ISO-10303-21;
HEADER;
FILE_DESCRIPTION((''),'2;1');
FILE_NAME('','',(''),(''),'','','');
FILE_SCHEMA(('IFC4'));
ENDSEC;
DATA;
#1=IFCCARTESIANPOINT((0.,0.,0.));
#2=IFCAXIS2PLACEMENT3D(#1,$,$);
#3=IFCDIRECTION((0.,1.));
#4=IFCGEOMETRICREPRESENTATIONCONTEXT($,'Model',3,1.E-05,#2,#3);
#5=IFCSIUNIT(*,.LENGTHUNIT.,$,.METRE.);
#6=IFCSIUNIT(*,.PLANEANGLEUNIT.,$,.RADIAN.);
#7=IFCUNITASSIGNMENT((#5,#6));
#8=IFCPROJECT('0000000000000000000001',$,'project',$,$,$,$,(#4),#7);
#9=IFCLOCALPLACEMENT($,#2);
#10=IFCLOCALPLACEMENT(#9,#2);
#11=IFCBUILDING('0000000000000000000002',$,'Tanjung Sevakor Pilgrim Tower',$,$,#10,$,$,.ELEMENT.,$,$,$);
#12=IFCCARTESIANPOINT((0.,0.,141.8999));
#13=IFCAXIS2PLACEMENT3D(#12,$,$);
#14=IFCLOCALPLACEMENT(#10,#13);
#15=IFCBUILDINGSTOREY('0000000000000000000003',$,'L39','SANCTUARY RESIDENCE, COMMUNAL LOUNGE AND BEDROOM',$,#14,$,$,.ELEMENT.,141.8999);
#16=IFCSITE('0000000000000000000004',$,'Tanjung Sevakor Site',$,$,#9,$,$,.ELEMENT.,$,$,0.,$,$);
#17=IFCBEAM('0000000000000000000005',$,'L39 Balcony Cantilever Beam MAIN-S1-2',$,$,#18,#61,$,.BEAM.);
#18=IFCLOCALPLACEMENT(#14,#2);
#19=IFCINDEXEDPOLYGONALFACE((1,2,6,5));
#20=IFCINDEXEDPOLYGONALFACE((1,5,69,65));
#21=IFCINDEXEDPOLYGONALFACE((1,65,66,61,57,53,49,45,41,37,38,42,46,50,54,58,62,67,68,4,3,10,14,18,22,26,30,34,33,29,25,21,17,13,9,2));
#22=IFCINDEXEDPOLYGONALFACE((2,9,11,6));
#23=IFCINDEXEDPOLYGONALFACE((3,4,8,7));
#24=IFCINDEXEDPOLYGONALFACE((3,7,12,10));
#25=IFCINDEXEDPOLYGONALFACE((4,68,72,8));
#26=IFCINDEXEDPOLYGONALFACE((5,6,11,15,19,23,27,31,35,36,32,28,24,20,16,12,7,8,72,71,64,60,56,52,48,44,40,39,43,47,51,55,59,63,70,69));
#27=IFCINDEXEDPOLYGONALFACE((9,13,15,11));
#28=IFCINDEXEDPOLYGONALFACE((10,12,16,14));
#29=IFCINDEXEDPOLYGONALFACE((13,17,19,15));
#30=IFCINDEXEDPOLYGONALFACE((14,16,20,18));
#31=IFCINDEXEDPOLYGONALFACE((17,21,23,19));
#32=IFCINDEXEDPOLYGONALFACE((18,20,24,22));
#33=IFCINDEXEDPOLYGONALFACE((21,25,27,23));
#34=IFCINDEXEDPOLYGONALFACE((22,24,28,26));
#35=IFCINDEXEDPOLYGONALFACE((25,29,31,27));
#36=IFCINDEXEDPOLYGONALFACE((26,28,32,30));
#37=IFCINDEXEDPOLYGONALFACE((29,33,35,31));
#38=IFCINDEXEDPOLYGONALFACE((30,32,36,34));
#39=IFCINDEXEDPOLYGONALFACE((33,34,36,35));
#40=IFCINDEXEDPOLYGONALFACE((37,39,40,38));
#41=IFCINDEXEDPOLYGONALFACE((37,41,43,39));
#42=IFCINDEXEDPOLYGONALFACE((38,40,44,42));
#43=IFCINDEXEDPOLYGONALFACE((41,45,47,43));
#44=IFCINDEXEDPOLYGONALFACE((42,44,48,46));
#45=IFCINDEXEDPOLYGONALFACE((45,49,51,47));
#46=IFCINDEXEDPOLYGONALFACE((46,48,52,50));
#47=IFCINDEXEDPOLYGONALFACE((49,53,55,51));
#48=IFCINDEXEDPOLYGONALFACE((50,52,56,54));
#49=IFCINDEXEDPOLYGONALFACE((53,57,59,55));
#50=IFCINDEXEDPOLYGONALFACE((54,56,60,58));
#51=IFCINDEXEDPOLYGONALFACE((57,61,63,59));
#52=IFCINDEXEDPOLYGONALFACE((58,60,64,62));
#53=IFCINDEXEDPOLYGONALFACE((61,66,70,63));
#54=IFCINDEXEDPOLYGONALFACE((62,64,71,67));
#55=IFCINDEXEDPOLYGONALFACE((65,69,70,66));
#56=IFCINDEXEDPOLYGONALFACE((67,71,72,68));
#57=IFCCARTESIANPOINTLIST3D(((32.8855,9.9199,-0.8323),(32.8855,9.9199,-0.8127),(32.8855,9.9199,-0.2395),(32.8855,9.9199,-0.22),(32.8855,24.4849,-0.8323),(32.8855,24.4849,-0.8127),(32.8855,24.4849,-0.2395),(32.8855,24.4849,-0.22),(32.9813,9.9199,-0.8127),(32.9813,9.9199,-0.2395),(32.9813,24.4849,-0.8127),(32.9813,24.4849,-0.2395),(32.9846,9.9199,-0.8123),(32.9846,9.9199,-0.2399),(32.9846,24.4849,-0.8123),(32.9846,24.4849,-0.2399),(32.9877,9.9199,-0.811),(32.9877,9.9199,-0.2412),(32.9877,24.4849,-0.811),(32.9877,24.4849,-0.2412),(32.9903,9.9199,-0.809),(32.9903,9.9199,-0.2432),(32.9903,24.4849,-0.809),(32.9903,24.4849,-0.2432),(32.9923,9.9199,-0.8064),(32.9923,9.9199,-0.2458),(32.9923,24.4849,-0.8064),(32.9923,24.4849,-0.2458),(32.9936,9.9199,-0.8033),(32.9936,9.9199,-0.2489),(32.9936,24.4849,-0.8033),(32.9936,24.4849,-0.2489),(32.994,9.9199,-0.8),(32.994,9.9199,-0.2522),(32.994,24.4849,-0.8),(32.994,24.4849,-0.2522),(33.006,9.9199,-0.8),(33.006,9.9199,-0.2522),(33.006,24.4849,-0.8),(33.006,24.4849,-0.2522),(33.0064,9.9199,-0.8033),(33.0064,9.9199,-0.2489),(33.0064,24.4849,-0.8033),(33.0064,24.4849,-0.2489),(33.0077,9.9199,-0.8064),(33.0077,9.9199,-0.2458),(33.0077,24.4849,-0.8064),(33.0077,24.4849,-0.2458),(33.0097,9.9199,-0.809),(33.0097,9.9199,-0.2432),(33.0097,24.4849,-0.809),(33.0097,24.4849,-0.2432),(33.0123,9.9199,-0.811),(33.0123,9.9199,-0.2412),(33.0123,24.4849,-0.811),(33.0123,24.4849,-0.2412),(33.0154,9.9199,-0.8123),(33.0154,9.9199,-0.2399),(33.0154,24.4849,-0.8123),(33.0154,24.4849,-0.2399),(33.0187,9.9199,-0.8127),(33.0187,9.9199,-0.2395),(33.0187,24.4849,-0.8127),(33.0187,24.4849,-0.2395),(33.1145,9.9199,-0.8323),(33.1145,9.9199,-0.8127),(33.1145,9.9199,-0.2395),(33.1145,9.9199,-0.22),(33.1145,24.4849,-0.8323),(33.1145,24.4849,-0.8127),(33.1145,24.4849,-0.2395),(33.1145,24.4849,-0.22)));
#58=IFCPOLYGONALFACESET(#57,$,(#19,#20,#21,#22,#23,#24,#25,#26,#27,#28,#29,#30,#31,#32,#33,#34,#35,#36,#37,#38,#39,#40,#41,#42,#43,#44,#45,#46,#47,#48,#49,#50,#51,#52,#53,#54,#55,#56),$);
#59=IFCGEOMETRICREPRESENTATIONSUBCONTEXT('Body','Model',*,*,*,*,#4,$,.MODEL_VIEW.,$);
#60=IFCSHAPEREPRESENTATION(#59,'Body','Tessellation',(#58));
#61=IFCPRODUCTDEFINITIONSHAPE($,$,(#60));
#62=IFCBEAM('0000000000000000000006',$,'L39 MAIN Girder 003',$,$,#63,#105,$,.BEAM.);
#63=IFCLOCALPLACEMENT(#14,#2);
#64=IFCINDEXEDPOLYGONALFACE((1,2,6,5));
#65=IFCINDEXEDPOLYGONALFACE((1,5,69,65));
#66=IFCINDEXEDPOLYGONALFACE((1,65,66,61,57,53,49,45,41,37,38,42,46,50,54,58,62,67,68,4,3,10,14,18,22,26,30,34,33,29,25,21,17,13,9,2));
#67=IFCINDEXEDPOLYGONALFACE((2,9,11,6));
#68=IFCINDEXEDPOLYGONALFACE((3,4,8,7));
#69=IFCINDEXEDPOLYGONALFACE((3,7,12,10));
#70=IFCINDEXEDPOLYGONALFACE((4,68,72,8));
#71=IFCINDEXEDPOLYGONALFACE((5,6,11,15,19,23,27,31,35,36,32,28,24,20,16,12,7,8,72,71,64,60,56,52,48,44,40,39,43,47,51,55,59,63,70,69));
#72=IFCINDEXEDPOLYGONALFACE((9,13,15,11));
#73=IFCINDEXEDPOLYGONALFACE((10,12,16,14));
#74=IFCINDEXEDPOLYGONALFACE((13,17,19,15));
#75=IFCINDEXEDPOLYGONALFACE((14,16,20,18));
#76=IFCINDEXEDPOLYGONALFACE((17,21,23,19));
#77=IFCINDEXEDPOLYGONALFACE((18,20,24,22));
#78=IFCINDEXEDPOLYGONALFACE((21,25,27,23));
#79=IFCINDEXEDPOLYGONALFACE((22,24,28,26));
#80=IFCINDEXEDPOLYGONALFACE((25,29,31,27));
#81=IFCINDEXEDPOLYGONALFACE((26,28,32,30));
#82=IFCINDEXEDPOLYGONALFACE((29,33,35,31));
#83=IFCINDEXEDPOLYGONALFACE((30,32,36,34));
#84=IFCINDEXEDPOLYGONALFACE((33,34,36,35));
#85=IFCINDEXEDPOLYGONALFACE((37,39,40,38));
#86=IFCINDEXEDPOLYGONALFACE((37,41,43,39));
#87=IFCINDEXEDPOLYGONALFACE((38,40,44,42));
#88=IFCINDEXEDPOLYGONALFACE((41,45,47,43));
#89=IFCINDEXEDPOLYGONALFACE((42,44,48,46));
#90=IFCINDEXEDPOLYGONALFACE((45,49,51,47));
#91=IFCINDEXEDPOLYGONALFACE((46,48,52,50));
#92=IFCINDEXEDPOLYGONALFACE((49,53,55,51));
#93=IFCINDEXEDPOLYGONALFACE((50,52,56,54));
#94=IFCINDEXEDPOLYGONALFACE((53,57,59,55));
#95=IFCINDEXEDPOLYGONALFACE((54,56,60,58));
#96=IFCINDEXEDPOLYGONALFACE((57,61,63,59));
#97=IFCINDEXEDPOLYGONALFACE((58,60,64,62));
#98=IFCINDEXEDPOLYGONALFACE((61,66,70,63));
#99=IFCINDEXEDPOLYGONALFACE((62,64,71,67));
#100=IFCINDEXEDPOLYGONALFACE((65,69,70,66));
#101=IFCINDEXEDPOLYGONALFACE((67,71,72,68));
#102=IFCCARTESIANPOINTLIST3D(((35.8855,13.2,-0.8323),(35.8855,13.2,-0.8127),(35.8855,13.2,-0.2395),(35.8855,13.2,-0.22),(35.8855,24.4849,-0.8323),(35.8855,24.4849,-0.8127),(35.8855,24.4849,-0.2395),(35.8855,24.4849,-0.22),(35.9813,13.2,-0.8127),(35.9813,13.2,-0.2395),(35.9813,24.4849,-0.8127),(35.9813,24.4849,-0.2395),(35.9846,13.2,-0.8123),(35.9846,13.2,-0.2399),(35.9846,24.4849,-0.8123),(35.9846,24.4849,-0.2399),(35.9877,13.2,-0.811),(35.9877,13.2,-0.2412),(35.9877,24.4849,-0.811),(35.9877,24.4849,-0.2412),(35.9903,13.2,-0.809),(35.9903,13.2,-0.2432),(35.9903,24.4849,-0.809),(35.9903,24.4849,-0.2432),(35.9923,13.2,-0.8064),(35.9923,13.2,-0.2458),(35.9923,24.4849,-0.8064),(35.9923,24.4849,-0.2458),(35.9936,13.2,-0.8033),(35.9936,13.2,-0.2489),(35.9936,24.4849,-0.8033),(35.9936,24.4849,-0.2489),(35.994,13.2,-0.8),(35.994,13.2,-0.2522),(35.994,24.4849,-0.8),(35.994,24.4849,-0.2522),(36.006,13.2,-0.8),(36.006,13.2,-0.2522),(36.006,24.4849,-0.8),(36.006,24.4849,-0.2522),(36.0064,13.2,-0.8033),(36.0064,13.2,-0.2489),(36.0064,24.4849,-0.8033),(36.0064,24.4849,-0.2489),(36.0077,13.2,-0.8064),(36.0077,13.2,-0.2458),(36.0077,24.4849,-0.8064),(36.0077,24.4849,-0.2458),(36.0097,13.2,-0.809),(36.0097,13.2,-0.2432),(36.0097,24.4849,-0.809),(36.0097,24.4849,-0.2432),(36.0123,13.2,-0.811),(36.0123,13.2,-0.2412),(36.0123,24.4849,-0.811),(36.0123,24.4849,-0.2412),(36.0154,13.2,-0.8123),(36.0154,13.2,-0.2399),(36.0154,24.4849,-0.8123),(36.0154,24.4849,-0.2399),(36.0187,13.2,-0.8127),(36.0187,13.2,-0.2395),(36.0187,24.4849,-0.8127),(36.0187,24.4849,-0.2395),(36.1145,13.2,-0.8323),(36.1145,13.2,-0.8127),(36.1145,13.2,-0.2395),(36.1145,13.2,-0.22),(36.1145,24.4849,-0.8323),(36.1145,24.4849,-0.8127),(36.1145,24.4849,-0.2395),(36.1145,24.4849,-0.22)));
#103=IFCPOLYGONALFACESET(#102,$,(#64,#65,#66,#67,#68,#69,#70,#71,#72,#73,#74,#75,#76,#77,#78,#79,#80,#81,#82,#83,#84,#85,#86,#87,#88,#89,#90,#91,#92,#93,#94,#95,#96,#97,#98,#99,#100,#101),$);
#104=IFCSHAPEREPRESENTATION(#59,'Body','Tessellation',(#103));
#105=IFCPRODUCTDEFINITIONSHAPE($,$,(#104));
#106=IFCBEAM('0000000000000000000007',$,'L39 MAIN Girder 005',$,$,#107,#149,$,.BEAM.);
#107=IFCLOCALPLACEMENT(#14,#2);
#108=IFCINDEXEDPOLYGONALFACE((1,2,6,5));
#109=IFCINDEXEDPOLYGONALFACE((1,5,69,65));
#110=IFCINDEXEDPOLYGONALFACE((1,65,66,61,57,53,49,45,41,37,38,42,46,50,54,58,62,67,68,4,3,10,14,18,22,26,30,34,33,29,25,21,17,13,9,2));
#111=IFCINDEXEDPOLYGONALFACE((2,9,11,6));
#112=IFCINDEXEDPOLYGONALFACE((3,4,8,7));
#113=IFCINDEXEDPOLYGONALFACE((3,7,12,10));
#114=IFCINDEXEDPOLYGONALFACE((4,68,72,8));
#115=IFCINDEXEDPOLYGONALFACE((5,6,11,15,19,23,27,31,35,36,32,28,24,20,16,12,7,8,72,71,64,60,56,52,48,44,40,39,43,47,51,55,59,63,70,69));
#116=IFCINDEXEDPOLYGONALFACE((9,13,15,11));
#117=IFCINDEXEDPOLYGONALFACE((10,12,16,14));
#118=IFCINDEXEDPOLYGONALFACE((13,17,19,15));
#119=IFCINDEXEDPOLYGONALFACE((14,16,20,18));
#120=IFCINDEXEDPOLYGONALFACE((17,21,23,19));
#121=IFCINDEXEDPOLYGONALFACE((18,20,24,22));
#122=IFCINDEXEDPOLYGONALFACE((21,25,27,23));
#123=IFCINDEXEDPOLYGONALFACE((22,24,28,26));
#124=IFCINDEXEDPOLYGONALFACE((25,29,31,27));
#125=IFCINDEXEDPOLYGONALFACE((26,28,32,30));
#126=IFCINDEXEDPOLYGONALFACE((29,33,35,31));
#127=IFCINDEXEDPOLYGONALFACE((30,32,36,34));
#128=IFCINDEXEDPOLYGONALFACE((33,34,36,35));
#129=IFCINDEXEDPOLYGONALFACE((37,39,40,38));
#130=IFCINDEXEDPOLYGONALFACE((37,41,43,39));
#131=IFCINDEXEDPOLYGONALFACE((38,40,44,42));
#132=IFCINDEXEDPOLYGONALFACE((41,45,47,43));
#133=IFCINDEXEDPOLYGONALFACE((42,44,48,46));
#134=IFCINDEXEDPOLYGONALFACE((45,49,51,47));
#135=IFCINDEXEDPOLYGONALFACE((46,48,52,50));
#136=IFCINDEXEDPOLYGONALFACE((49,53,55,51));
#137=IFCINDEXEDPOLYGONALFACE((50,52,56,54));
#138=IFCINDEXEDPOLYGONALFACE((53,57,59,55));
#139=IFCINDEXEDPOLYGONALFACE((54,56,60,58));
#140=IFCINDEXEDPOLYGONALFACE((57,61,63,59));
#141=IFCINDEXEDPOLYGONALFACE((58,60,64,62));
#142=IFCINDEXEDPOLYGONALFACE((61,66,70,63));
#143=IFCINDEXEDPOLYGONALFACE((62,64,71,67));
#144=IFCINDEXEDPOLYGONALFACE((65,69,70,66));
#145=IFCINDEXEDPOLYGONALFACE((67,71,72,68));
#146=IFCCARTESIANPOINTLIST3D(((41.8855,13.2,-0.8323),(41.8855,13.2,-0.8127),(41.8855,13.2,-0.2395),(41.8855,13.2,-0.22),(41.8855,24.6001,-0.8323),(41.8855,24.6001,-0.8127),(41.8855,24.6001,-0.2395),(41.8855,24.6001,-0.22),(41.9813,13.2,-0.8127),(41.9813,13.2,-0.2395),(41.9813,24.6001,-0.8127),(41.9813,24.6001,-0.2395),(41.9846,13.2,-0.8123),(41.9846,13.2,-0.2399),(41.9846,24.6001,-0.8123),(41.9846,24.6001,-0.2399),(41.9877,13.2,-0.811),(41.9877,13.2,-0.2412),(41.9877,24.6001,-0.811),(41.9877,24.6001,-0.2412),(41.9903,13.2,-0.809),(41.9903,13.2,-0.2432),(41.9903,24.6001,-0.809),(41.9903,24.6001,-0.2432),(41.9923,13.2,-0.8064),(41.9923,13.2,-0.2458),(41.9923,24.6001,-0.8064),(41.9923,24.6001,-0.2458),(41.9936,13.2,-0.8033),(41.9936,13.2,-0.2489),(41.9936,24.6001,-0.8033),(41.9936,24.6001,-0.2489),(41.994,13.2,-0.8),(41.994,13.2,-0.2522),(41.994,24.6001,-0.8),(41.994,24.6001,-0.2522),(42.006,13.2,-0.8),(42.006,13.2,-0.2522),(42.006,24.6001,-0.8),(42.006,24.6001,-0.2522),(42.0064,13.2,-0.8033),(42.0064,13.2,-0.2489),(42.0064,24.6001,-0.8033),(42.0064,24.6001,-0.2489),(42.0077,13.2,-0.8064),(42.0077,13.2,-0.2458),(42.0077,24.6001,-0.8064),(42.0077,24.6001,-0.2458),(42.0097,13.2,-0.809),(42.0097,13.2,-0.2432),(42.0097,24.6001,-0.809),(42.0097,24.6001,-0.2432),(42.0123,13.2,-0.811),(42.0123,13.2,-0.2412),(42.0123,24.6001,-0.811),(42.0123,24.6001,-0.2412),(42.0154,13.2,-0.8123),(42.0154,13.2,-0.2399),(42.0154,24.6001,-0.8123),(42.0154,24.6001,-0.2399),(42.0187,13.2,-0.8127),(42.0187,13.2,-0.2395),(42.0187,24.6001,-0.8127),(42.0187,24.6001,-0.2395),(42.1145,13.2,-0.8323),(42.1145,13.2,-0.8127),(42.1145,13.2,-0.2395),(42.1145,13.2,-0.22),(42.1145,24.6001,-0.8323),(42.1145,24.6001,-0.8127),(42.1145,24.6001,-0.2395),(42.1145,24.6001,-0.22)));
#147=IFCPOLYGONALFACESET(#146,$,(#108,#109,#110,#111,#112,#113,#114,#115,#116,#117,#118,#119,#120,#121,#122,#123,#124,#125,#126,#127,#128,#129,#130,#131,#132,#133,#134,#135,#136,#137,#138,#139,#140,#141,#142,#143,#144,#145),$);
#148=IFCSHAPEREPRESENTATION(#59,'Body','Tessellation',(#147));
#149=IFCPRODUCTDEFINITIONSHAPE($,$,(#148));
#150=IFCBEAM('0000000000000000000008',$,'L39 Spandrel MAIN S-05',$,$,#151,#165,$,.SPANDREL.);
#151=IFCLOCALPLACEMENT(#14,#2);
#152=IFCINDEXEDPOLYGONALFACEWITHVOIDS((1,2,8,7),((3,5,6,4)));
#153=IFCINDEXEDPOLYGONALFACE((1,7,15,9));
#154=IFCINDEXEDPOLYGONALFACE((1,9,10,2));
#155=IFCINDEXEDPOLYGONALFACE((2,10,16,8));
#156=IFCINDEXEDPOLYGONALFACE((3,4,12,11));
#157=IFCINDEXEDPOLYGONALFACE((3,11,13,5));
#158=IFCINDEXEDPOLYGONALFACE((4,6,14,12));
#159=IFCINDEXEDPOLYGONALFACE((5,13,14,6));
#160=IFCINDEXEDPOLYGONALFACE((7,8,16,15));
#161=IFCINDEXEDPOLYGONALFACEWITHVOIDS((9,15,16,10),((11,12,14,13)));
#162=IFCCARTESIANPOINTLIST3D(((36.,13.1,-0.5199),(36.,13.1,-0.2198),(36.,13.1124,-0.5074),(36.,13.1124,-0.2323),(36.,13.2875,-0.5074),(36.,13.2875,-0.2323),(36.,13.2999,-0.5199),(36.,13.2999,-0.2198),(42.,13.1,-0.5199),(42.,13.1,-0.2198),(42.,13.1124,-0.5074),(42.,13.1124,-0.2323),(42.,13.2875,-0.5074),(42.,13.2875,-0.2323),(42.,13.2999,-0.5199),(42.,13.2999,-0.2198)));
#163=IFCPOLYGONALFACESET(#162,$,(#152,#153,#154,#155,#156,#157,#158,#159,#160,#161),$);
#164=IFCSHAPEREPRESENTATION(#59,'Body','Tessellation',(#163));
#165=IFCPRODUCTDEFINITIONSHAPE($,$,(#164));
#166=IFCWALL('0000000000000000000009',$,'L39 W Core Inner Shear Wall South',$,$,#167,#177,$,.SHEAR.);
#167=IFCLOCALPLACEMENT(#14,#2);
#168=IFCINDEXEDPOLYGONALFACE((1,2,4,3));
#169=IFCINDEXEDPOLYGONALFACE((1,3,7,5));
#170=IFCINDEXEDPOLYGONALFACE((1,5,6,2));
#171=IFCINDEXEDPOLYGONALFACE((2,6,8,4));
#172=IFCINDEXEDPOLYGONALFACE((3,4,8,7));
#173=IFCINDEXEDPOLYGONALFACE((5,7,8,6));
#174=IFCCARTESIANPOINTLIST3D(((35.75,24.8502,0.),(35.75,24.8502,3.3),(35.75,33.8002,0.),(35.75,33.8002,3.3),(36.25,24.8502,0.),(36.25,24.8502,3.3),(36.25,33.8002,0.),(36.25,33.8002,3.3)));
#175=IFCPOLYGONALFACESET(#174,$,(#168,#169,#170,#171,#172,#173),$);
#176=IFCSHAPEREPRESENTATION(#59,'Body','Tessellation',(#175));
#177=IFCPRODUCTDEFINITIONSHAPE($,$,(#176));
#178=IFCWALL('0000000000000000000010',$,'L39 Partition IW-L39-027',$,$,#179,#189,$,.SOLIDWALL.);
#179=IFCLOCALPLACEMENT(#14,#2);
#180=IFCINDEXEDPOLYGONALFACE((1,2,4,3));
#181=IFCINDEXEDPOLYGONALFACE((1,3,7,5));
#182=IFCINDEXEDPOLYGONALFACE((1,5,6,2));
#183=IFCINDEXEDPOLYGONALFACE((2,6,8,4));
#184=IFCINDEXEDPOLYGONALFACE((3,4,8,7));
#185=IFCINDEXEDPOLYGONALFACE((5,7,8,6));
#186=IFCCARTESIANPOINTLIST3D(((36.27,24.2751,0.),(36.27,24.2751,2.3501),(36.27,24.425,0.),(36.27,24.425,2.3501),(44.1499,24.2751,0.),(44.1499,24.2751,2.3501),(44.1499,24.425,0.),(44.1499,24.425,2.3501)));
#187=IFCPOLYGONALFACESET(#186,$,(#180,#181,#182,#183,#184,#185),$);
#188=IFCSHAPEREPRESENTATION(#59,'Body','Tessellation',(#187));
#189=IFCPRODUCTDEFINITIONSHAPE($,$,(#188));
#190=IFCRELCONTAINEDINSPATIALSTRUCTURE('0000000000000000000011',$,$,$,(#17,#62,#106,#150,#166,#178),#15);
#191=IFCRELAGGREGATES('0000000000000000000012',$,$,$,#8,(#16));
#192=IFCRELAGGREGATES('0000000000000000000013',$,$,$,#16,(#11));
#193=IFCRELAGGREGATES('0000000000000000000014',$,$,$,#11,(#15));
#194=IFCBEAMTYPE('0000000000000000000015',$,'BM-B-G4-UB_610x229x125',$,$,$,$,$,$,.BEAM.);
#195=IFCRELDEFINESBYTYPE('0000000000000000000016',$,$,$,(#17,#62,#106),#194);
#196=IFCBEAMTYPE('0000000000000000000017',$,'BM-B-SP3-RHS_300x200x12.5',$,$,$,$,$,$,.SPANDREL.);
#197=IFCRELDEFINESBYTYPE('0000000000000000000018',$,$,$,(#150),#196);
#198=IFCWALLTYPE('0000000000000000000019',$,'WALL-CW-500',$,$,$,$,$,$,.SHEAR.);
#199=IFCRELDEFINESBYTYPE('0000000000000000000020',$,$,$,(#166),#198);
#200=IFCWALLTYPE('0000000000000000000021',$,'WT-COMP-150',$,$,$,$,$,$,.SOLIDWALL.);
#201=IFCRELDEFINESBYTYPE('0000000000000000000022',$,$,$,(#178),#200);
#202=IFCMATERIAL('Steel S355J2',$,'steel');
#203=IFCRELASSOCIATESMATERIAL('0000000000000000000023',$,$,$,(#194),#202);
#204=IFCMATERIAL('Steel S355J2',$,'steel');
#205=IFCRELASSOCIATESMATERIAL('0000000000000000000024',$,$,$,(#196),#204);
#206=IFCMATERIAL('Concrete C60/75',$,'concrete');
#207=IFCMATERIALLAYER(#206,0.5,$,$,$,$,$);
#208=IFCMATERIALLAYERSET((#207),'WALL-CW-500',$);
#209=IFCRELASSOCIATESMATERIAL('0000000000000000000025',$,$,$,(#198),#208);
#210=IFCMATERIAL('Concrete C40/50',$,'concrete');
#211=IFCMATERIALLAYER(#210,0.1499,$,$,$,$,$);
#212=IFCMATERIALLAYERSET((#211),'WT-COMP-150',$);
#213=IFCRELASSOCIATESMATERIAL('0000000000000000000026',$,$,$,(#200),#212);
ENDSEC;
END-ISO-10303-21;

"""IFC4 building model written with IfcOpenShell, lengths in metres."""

from ifc_helpers import new_model, si_unit, direction, frame, frame_2d, origin, origin_2d, place, context, subcontext, project, spatial, rectangle, hollow_rectangle, i_section, extrude, material, layer, layer_set, material_profile, profile_set, type_object, element, save


model = new_model("IFC4")

# Units and contexts
model_context = context("Model", 3, precision=1e-05, world=origin(), true_north=direction((0.0, 1.0)))
body_context = subcontext(model_context, "Body", "Model", "MODEL_VIEW")
ifc_project = project(units=[si_unit("LENGTHUNIT", "METRE"), si_unit("PLANEANGLEUNIT", "RADIAN")], contexts=[model_context])

# Site, building, storey
site_placement = place(None, origin())
site = spatial("IfcSite", under=ifc_project, at=site_placement, Name="Tanjung Sevakor Site", CompositionType="ELEMENT", RefElevation=0.0)
building_placement = place(site_placement, origin())
building = spatial("IfcBuilding", under=site, at=building_placement, Name="Tanjung Sevakor Pilgrim Tower", CompositionType="ELEMENT")
storey_placement = place(building_placement, frame((0.0, 0.0, 141.8999)))
storey = spatial("IfcBuildingStorey", under=building, at=storey_placement, Name="L39", Description="SANCTUARY RESIDENCE, COMMUNAL LOUNGE AND BEDROOM", CompositionType="ELEMENT", Elevation=141.8999)

# Beams
ifc_material_1 = material(Name="Steel S355J2", Category="steel")
ifc_material_profile_1 = material_profile(ifc_material_1, i_section(OverallWidth=0.229, OverallDepth=0.6123, WebThickness=0.012, FlangeThickness=0.0195, FilletRadius=0.0127, at=origin_2d()))
ifc_profile_set_1 = profile_set([ifc_material_profile_1], Name="Steel S355J2")
beam_type_1 = type_object("IfcBeamType", Name="BM-B-G4-UB_610x229x125", PredefinedType="BEAM", material=ifc_profile_set_1)
for number, where, z_axis, x_axis, name in (
    (1, (33.0, 24.4849, -0.5261), (0.0, -1.0, 0.0), (1.0, 0.0, 0.0), "L39 Balcony Cantilever Beam MAIN-S1-2"),
):
    element("IfcBeam", number, at=place(storey_placement, frame(where, z_axis=z_axis, x_axis=x_axis)), inside=storey, type_object=beam_type_1, Name=name, PredefinedType="BEAM", context=body_context, shape_type="SweptSolid", body=[
        extrude(i_section(OverallWidth=0.229, OverallDepth=0.6123, WebThickness=0.012, FlangeThickness=0.0195, FilletRadius=0.0127, at=origin_2d()), origin(), (0.0, 0.0, 1.0), 14.5649),
    ])
beam_1_placement = place(storey_placement, frame((36.0, 13.2, -0.5261), z_axis=(0.0, 1.0, 0.0), x_axis=(-1.0, 0.0, 0.0)))
element("IfcBeam", 2, at=beam_1_placement, inside=storey, type_object=beam_type_1, Name="L39 MAIN Girder 003", PredefinedType="BEAM", context=body_context, shape_type="SweptSolid", body=[
    extrude(i_section(OverallWidth=0.229, OverallDepth=0.6123, WebThickness=0.012, FlangeThickness=0.0195, FilletRadius=0.0127, at=origin_2d()), origin(), (0.0, 0.0, 1.0), 11.2849),
])
beam_2_placement = place(storey_placement, frame((42.0, 13.2, -0.5261), z_axis=(0.0, 1.0, 0.0), x_axis=(-1.0, 0.0, 0.0)))
element("IfcBeam", 3, at=beam_2_placement, inside=storey, type_object=beam_type_1, Name="L39 MAIN Girder 005", PredefinedType="BEAM", context=body_context, shape_type="SweptSolid", body=[
    extrude(i_section(OverallWidth=0.229, OverallDepth=0.6123, WebThickness=0.012, FlangeThickness=0.0195, FilletRadius=0.0127, at=origin_2d()), origin(), (0.0, 0.0, 1.0), 11.4001),
])
ifc_material_2 = material(Name="Steel S355J2", Category="steel")
ifc_material_profile_2 = material_profile(ifc_material_2, hollow_rectangle(XDim=0.2, YDim=0.3, WallThickness=0.0125, at=origin_2d()))
ifc_profile_set_2 = profile_set([ifc_material_profile_2], Name="Steel S355J2")
beam_type_2 = type_object("IfcBeamType", Name="BM-B-SP3-RHS_300x200x12.5", PredefinedType="SPANDREL", material=ifc_profile_set_2)
beam_3_placement = place(storey_placement, frame((36.0, 13.2, -0.3699), z_axis=(1.0, 0.0, 0.0), x_axis=(0.0, 1.0, 0.0)))
element("IfcBeam", 4, at=beam_3_placement, inside=storey, type_object=beam_type_2, Name="L39 Spandrel MAIN S-05", PredefinedType="SPANDREL", context=body_context, shape_type="SweptSolid", body=[
    extrude(hollow_rectangle(XDim=0.2, YDim=0.3, WallThickness=0.0125, at=origin_2d()), origin(), (0.0, 0.0, 1.0), 6.0),
])

# Wall
ifc_material_3 = material(Name="Concrete C60/75", Category="concrete")
ifc_layer_1 = layer(ifc_material_3, 0.5)
ifc_layer_set_1 = layer_set([ifc_layer_1], Name="WALL-CW-500")
wall_type_1 = type_object("IfcWallType", Name="WALL-CW-500", PredefinedType="SHEAR", material=ifc_layer_set_1)
wall_1_placement = place(storey_placement, frame((36.0, 24.8501, 0.0), z_axis=(0.0, 0.0, 1.0), x_axis=(0.0, 1.0, 0.0)))
element("IfcWall", 5, at=wall_1_placement, inside=storey, type_object=wall_type_1, Name="L39 W Core Inner Shear Wall South", PredefinedType="SHEAR", context=body_context, shape_type="SweptSolid", body=[
    extrude(rectangle(XDim=8.95, YDim=0.5, at=frame_2d((4.4751, 0.0))), origin(), (0.0, 0.0, 1.0), 3.3),
])

# Shared definitions
ifc_material_4 = material(Name="Concrete C40/50", Category="concrete")
ifc_layer_2 = layer(ifc_material_4, 0.1499)
ifc_layer_set_2 = layer_set([ifc_layer_2], Name="WT-COMP-150")
wall_type_2 = type_object("IfcWallType", Name="WT-COMP-150", PredefinedType="SOLIDWALL", material=ifc_layer_set_2)

# Wall
wall_2_placement = place(storey_placement, frame((36.27, 24.3501, 0.0), z_axis=(0.0, 0.0, 1.0), x_axis=(1.0, 0.0, 0.0)))
element("IfcWall", 6, at=wall_2_placement, inside=storey, type_object=wall_type_2, Name="L39 Partition IW-L39-027", PredefinedType="SOLIDWALL", context=body_context, shape_type="SweptSolid", body=[
    extrude(rectangle(XDim=7.8799, YDim=0.1499, at=frame_2d((3.9399, 0.0))), origin(), (0.0, 0.0, 1.0), 2.3501),
])

save(model, "model.ifc")
